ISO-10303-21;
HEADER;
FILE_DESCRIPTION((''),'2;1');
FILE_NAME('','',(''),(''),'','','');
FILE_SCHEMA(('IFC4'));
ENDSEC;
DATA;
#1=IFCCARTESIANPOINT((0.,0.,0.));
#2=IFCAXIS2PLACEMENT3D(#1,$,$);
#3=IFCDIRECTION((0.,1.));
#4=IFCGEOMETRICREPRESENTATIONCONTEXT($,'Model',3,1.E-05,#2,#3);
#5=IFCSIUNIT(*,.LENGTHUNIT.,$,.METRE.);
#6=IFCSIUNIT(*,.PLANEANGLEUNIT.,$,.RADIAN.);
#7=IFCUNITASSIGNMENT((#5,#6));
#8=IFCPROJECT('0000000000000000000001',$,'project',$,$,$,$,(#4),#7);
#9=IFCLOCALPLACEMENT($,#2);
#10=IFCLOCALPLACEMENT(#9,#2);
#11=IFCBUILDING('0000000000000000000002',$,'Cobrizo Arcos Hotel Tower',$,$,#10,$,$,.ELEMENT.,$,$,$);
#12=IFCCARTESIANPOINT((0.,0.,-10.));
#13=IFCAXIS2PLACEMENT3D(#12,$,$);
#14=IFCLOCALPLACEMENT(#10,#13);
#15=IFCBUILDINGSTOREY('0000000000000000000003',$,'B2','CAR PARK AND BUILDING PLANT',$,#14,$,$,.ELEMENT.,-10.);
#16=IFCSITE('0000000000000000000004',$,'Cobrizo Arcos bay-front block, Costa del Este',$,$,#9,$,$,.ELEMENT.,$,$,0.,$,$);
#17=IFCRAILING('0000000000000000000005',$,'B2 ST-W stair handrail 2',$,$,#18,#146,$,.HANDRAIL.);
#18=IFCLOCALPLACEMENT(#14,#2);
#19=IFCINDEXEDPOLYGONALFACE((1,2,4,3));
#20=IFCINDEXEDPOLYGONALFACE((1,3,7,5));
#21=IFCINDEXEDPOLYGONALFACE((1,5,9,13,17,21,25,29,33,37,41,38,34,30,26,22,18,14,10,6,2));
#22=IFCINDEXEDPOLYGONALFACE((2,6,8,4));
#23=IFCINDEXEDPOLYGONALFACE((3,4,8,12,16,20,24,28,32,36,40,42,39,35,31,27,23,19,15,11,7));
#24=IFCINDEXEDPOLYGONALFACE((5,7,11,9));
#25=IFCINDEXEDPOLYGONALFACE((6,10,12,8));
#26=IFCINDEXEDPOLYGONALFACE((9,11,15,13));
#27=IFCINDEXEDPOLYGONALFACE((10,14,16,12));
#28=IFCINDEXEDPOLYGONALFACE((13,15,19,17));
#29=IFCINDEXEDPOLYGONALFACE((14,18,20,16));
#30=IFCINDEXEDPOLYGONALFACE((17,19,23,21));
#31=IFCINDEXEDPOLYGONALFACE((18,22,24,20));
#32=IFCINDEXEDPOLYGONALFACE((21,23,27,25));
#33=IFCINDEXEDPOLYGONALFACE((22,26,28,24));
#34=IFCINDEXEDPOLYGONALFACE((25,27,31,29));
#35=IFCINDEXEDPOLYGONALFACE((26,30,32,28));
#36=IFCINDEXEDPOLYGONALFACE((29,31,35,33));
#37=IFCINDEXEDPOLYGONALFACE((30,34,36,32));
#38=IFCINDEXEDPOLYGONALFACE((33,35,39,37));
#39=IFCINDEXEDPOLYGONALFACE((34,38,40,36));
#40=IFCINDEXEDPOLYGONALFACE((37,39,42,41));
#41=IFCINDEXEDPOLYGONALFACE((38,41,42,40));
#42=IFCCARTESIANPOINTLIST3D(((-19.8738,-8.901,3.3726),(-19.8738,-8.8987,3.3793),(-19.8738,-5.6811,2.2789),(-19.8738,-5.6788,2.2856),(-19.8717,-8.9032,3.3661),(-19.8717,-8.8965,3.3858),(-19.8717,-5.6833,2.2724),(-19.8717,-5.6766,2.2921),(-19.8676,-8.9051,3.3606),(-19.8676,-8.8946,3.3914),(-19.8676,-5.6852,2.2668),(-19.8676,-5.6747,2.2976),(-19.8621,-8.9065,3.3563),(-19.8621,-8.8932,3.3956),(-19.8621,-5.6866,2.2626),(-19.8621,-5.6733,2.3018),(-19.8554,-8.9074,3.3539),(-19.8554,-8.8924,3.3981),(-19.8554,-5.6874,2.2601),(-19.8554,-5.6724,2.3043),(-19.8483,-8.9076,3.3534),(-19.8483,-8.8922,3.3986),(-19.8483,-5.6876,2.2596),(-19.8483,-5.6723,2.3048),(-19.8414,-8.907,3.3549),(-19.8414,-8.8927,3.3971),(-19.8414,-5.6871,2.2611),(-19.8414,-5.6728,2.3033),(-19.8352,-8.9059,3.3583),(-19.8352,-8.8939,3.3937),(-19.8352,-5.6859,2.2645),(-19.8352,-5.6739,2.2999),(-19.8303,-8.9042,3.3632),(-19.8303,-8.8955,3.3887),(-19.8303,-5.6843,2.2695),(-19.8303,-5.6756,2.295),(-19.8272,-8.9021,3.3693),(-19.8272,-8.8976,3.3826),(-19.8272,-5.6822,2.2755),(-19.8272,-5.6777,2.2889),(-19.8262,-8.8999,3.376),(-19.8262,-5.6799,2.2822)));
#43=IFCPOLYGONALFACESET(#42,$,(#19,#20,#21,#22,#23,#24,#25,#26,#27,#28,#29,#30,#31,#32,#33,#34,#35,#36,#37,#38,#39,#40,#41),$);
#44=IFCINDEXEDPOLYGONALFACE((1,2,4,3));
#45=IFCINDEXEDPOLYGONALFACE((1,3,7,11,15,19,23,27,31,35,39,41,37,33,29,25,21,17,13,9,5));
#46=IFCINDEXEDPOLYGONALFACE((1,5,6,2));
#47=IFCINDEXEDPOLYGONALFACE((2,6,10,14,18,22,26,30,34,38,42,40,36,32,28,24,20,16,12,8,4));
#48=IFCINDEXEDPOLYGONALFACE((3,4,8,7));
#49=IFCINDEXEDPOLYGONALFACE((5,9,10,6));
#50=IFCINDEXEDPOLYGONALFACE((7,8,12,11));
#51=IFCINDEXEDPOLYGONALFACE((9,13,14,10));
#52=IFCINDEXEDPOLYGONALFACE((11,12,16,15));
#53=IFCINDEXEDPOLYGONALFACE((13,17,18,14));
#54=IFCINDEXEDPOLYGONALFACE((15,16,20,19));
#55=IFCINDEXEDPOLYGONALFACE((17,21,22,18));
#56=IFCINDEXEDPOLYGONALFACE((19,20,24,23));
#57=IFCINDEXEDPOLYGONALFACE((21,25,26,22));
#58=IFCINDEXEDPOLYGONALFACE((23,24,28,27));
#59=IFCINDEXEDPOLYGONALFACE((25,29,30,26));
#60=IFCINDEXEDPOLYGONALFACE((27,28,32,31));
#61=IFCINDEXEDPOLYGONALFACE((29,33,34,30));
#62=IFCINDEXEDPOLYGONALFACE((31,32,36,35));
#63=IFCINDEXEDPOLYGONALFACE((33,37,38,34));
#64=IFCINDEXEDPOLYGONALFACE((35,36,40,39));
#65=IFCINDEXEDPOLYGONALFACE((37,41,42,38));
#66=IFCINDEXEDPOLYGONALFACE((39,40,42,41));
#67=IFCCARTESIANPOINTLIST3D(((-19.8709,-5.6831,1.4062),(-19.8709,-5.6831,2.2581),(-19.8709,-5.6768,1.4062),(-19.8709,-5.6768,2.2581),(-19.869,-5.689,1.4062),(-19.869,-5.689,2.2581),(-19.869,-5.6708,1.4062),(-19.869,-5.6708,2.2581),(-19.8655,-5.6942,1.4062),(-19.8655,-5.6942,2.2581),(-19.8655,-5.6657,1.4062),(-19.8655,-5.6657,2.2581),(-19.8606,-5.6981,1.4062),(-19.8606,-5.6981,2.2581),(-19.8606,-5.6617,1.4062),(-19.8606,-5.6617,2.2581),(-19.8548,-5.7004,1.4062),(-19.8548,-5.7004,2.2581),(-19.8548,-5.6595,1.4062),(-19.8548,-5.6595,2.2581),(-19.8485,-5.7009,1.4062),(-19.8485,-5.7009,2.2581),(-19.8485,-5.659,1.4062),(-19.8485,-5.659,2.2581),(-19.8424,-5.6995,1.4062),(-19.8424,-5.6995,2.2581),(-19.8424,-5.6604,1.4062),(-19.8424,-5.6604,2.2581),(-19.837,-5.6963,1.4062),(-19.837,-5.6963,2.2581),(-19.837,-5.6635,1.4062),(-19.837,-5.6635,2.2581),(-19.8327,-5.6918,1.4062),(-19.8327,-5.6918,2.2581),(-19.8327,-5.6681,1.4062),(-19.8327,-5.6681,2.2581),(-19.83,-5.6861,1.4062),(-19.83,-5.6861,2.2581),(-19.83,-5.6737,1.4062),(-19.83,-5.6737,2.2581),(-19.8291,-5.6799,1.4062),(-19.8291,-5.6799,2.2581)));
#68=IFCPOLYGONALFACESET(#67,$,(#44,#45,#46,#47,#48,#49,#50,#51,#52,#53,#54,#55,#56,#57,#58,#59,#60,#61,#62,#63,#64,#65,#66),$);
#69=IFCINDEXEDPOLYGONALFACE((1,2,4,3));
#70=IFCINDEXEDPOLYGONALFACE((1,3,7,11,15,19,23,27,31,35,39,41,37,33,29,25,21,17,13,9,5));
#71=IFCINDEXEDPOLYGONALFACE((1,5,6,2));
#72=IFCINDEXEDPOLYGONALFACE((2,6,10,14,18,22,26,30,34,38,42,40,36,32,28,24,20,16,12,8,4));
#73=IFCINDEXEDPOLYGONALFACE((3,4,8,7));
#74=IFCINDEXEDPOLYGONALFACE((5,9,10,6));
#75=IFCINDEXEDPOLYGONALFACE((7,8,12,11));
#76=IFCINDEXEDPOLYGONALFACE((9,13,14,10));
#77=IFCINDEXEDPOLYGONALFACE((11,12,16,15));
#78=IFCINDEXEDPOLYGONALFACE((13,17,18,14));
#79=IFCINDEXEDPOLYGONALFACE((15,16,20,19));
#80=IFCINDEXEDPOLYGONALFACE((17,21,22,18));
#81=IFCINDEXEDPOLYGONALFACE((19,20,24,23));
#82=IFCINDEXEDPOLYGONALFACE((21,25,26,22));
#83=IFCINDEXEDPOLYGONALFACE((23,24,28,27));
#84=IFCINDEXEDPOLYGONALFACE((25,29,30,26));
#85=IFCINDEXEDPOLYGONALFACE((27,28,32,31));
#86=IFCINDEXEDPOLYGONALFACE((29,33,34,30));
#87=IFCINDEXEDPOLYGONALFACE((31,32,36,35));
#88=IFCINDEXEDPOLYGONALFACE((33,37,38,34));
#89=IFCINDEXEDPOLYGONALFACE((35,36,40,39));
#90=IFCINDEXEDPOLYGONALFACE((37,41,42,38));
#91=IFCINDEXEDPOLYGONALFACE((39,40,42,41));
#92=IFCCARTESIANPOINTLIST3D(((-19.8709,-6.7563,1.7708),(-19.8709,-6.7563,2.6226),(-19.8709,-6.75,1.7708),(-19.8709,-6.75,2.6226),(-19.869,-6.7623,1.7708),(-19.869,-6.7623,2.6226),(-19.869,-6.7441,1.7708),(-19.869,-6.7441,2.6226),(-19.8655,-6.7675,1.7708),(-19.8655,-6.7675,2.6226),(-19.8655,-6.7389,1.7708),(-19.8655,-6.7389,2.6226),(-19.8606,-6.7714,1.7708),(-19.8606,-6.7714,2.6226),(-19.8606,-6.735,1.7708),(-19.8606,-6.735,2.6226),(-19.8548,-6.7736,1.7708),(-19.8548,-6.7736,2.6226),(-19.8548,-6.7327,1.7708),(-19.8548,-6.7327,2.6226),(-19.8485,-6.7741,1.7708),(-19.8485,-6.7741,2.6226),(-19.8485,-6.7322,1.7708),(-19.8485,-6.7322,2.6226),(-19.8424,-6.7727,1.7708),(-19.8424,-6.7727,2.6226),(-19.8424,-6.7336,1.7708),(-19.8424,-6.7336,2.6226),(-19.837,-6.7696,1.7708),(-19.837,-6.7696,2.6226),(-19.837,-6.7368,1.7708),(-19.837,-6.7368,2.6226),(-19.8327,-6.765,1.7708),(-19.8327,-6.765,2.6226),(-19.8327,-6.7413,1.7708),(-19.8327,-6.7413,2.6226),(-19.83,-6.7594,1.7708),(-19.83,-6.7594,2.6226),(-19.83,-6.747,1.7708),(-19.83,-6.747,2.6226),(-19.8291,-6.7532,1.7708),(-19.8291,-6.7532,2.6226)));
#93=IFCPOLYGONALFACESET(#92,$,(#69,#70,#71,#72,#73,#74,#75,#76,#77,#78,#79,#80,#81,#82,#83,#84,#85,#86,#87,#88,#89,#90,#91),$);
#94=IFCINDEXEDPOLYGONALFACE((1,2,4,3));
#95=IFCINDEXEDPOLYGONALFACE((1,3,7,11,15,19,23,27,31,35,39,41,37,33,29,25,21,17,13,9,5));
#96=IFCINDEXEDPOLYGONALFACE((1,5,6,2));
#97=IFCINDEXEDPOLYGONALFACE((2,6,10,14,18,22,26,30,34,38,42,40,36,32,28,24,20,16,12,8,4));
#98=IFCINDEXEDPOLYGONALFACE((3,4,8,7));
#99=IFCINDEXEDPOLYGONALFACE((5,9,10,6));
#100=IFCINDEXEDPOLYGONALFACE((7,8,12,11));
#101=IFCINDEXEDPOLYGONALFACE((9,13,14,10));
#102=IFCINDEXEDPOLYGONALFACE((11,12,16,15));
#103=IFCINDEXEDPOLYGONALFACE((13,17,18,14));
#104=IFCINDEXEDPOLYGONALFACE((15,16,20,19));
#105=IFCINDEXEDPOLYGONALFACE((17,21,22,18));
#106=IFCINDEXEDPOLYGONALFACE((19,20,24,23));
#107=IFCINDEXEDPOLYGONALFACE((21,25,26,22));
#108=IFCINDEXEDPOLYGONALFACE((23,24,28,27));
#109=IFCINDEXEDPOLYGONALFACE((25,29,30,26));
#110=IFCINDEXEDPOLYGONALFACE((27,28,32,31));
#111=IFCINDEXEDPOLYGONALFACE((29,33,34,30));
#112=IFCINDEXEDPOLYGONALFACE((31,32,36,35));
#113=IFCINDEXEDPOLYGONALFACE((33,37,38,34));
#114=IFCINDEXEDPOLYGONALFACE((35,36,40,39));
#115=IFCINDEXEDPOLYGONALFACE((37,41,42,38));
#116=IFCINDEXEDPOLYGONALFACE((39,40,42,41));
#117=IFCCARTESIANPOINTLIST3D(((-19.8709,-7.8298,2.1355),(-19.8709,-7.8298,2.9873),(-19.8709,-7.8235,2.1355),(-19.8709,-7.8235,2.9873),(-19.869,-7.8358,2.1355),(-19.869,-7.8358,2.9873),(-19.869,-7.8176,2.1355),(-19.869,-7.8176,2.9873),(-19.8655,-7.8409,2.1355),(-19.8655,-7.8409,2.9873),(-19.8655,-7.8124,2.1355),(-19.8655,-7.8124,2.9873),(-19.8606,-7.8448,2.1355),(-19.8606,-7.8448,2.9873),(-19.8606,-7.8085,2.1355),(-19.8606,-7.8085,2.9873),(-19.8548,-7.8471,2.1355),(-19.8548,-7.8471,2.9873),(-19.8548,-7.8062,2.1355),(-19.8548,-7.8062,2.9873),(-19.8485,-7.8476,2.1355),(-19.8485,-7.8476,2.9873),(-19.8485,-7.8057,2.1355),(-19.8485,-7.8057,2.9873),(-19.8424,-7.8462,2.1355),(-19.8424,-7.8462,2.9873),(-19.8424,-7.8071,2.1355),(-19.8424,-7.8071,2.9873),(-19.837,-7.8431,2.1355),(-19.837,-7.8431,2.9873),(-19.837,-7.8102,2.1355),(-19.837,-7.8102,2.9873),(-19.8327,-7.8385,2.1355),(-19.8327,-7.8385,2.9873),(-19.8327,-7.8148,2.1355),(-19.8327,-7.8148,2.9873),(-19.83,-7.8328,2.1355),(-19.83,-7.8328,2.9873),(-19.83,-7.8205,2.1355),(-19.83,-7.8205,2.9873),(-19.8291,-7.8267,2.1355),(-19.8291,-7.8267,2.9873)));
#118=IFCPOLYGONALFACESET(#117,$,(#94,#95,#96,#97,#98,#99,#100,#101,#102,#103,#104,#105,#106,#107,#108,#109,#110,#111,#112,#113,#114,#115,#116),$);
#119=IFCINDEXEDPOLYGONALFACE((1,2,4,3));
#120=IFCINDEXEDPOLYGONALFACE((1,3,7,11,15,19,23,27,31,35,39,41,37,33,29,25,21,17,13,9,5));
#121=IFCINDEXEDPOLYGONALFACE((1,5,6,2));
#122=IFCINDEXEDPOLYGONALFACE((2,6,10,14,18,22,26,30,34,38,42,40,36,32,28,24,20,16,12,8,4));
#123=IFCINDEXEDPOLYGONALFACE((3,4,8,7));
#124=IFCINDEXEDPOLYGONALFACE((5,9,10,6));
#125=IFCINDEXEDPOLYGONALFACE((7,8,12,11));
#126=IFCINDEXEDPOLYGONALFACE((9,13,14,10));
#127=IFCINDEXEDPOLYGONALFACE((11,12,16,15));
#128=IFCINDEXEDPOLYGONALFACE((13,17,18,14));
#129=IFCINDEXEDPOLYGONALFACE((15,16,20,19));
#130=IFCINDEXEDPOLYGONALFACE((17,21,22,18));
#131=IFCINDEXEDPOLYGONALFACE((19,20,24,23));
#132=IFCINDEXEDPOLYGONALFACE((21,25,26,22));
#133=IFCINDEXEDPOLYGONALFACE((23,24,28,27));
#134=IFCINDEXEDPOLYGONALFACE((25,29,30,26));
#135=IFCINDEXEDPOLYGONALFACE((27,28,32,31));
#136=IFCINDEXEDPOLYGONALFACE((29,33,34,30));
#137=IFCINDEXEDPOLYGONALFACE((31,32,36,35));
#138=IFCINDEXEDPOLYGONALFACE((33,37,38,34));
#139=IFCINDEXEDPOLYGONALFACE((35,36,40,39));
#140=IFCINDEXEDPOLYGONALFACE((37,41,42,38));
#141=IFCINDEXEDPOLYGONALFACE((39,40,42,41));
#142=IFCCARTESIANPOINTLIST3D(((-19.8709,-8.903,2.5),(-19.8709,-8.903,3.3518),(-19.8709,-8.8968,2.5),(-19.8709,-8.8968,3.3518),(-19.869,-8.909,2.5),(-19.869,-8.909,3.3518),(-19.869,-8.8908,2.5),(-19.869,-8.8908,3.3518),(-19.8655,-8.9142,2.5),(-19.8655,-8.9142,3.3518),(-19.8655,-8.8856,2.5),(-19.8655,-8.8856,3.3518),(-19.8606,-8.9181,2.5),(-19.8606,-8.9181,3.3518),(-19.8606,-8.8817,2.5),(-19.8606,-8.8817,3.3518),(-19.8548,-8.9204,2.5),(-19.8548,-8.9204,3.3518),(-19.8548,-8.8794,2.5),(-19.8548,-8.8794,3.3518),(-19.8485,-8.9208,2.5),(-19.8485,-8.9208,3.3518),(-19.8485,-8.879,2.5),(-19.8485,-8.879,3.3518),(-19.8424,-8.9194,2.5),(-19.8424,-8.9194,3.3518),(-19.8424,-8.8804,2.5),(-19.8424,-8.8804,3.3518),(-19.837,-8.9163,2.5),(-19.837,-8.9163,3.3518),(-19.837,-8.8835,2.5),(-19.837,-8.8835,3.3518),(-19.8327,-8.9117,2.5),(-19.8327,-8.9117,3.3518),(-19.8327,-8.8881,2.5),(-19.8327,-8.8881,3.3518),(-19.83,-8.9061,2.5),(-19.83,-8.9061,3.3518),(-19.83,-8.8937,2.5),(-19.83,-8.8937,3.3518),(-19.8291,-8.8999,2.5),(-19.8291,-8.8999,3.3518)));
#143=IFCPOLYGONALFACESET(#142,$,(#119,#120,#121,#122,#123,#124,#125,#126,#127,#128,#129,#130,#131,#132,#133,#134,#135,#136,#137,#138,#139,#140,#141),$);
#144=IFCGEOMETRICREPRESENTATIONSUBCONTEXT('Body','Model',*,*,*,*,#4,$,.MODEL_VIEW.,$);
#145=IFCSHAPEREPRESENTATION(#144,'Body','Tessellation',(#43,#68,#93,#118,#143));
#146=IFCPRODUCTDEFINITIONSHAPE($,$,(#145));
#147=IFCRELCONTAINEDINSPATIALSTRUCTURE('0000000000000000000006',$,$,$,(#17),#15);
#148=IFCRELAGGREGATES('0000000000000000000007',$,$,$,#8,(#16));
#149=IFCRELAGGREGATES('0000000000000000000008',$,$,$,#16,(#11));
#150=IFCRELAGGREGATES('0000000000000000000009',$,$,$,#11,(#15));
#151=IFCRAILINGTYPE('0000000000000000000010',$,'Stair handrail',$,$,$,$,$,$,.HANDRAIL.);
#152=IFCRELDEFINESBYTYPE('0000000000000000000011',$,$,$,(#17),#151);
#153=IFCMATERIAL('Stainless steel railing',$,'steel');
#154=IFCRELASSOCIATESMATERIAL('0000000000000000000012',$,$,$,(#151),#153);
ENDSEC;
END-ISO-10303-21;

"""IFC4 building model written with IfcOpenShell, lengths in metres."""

from ifc_helpers import new_model, si_unit, direction, frame, origin, origin_2d, place, context, subcontext, project, spatial, circle, extrude, material, type_object, element, save


model = new_model("IFC4")

# Units and contexts
model_context = context("Model", 3, precision=1e-05, world=origin(), true_north=direction((0.0, 1.0)))
body_context = subcontext(model_context, "Body", "Model", "MODEL_VIEW")
ifc_project = project(units=[si_unit("LENGTHUNIT", "METRE"), si_unit("PLANEANGLEUNIT", "RADIAN")], contexts=[model_context])

# Site, building, storey
site_placement = place(None, origin())
site = spatial("IfcSite", under=ifc_project, at=site_placement, Name="Cobrizo Arcos bay-front block, Costa del Este", CompositionType="ELEMENT", RefElevation=0.0)
building_placement = place(site_placement, origin())
building = spatial("IfcBuilding", under=site, at=building_placement, Name="Cobrizo Arcos Hotel Tower", CompositionType="ELEMENT")
storey_placement = place(building_placement, frame((0.0, 0.0, -10.0)))
storey = spatial("IfcBuildingStorey", under=building, at=storey_placement, Name="B2", Description="CAR PARK AND BUILDING PLANT", CompositionType="ELEMENT", Elevation=-10.0)

# Railing
ifc_material_1 = material(Name="Stainless steel railing", Category="steel")
railing_type_1 = type_object("IfcRailingType", Name="Stair handrail", PredefinedType="HANDRAIL", material=ifc_material_1)
for number, where, name in (
    (1, (-19.8501, -5.6799, 1.4062), "B2 ST-W stair handrail 2"),
):
    element("IfcRailing", number, at=place(storey_placement, frame(where)), inside=storey, type_object=railing_type_1, Name=name, PredefinedType="HANDRAIL", context=body_context, shape_type="SweptSolid", body=[
        extrude(circle(Radius=0.0239, at=origin_2d()), frame((0.0, 0.0, 0.876), z_axis=(0.0, -0.946866, 0.321629), x_axis=(1.0, 0.0, 0.0)), (0.0, 0.0, 1.0), 3.4006),
        extrude(circle(Radius=0.021, at=origin_2d()), origin(), (0.0, 0.0, 1.0), 0.8518),
        extrude(circle(Radius=0.021, at=origin_2d()), frame((0.0, -1.0732, 0.3645)), (0.0, 0.0, 1.0), 0.8518),
        extrude(circle(Radius=0.021, at=origin_2d()), frame((0.0, -2.1467, 0.7292)), (0.0, 0.0, 1.0), 0.8518),
        extrude(circle(Radius=0.021, at=origin_2d()), frame((0.0, -3.22, 1.0938)), (0.0, 0.0, 1.0), 0.8518),
    ])

save(model, "model.ifc")
